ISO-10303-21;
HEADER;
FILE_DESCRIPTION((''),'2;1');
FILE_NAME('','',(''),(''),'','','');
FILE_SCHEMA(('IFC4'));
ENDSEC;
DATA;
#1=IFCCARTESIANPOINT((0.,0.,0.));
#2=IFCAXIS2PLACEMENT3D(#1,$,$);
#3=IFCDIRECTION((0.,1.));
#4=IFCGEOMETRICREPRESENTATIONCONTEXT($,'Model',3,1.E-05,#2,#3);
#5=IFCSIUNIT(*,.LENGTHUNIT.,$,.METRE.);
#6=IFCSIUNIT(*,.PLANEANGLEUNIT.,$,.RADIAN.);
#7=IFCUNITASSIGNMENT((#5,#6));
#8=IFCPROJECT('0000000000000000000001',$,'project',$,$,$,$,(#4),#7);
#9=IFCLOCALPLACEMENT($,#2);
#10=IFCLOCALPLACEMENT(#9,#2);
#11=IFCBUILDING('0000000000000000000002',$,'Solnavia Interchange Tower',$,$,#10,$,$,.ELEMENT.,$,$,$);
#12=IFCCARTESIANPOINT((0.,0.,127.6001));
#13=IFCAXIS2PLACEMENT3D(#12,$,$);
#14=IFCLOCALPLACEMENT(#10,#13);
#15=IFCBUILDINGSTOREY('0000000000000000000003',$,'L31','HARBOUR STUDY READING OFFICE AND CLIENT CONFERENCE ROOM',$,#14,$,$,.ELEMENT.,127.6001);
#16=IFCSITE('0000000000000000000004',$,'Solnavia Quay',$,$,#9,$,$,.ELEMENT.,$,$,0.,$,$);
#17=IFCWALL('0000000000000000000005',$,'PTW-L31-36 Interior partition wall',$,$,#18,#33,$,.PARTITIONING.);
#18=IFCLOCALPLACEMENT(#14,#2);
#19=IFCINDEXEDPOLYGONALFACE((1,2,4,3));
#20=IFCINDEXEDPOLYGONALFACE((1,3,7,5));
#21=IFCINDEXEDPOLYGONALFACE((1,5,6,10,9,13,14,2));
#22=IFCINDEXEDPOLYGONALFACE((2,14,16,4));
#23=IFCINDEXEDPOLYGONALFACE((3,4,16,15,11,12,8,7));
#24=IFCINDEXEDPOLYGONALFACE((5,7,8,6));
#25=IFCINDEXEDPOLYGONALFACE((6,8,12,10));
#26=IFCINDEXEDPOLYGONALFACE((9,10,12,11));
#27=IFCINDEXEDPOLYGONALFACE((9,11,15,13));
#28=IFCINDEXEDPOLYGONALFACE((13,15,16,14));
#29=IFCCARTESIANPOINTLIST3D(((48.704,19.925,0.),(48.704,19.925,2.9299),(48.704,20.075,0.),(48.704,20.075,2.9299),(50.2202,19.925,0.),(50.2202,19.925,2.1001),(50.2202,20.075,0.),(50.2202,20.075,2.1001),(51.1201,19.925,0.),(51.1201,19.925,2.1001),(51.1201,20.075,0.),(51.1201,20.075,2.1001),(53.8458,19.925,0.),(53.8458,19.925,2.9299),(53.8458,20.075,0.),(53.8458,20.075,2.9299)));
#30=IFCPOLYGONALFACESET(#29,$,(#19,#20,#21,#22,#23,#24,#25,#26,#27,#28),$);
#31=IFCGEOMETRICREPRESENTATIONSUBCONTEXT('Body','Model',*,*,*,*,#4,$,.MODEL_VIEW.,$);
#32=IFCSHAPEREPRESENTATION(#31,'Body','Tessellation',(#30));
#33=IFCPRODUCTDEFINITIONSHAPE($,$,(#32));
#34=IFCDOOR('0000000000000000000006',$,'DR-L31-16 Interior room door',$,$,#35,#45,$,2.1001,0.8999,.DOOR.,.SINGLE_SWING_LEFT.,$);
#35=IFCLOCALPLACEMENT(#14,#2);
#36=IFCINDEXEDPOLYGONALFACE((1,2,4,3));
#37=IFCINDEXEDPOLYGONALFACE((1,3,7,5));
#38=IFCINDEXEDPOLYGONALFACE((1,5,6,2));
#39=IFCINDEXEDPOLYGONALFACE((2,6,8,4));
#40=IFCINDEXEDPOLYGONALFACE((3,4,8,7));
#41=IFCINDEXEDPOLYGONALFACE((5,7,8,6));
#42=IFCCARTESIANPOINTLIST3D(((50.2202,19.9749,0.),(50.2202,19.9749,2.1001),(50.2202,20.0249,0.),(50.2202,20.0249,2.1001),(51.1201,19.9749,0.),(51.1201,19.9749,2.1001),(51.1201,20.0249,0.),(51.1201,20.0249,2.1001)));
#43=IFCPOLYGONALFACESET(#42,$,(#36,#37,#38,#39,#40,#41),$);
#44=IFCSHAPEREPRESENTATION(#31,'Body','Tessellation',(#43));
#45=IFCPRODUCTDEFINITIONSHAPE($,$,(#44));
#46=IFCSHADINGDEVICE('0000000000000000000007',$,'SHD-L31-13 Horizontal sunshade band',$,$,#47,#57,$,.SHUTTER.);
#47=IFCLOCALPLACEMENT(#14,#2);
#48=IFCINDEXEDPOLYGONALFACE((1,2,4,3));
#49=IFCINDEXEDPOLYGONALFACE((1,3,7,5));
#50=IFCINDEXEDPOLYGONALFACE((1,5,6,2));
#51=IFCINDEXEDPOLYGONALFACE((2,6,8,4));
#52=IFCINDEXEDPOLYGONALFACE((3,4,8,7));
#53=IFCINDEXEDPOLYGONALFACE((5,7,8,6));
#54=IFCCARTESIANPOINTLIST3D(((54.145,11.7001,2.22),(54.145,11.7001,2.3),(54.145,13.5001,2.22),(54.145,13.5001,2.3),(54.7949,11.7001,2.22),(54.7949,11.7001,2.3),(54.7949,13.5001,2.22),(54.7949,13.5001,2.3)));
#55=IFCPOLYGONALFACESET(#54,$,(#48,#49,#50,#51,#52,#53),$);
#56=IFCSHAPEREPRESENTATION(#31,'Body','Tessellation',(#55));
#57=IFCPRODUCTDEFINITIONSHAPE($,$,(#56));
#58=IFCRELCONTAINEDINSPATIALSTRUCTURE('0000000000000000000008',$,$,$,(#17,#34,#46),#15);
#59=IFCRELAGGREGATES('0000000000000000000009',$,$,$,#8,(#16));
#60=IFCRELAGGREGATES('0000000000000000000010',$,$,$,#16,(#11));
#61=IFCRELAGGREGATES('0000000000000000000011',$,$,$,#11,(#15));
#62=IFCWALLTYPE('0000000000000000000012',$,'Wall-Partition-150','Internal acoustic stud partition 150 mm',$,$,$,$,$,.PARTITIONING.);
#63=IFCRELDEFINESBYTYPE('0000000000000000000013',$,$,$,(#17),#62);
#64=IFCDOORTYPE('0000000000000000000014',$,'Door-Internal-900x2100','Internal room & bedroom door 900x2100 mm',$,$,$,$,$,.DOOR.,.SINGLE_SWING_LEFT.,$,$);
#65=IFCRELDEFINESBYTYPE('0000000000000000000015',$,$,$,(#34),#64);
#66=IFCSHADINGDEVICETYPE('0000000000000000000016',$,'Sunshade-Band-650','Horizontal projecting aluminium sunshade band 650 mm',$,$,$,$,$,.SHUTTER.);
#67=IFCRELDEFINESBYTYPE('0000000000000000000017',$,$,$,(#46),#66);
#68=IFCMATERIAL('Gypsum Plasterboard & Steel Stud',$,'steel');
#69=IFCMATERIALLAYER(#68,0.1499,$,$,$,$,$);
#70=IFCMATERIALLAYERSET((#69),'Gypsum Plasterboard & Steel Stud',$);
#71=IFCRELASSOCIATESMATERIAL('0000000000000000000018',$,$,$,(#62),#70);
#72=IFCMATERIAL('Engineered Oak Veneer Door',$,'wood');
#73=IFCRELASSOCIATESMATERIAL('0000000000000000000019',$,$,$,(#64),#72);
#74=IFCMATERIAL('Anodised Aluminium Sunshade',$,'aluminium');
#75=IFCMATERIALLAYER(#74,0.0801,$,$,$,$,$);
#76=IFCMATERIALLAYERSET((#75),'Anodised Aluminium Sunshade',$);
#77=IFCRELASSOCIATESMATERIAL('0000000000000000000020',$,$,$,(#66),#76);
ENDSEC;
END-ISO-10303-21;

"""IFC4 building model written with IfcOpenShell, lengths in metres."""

from ifc_helpers import new_model, si_unit, direction, frame, frame_2d, origin, origin_2d, place, context, subcontext, project, spatial, rectangle, extrude, material, layer, layer_set, type_object, element, fill, save


model = new_model("IFC4")

# Units and contexts
model_context = context("Model", 3, precision=1e-05, world=origin(), true_north=direction((0.0, 1.0)))
body_context = subcontext(model_context, "Body", "Model", "MODEL_VIEW")
ifc_project = project(units=[si_unit("LENGTHUNIT", "METRE"), si_unit("PLANEANGLEUNIT", "RADIAN")], contexts=[model_context])

# Site, building, storey
site_placement = place(None, origin())
site = spatial("IfcSite", under=ifc_project, at=site_placement, Name="Solnavia Quay", CompositionType="ELEMENT", RefElevation=0.0)
building_placement = place(site_placement, origin())
building = spatial("IfcBuilding", under=site, at=building_placement, Name="Solnavia Interchange Tower", CompositionType="ELEMENT")
storey_placement = place(building_placement, frame((0.0, 0.0, 127.6001)))
storey = spatial("IfcBuildingStorey", under=building, at=storey_placement, Name="L31", Description="HARBOUR STUDY READING OFFICE AND CLIENT CONFERENCE ROOM", CompositionType="ELEMENT", Elevation=127.6001)

# Wall, opening, door
ifc_material_1 = material(Name="Gypsum Plasterboard & Steel Stud", Category="steel")
ifc_layer_1 = layer(ifc_material_1, 0.1499)
ifc_layer_set_1 = layer_set([ifc_layer_1], Name="Gypsum Plasterboard & Steel Stud")
wall_type_1 = type_object("IfcWallType", Name="Wall-Partition-150", Description="Internal acoustic stud partition 150 mm", PredefinedType="PARTITIONING", material=ifc_layer_set_1)
wall_1_placement = place(storey_placement, frame((48.7041, 20.0, 0.0), z_axis=(0.0, 0.0, 1.0), x_axis=(1.0, 0.0, 0.0)))
wall_1 = element("IfcWall", 1, at=wall_1_placement, inside=storey, type_object=wall_type_1, Name="PTW-L31-36 Interior partition wall", PredefinedType="PARTITIONING", context=body_context, shape_type="SweptSolid", body=[
    extrude(rectangle(XDim=5.1418, YDim=0.1499, at=frame_2d((2.5708, 0.0))), origin(), (0.0, 0.0, 1.0), 2.9299),
])
opening_1_placement = place(wall_1_placement, frame((1.5161, 0.0, 0.0)))
opening_1 = element("IfcOpeningElement", 2, at=opening_1_placement, cuts=wall_1, PredefinedType="OPENING", context=body_context, shape_type="SweptSolid", body=[
    extrude(rectangle(XDim=0.8999, YDim=2.1001, at=frame_2d((0.45, 1.05))), frame((0.0, 0.085, 0.0), z_axis=(0.0, -1.0, 0.0), x_axis=(1.0, 0.0, 0.0)), (0.0, 0.0, 1.0), 0.1699),
])
ifc_material_2 = material(Name="Engineered Oak Veneer Door", Category="wood")
door_type = type_object("IfcDoorType", Name="Door-Internal-900x2100", Description="Internal room & bedroom door 900x2100 mm", OperationType="SINGLE_SWING_LEFT", PredefinedType="DOOR", material=ifc_material_2)
door_placement = place(opening_1_placement, origin())
door = element("IfcDoor", 3, at=door_placement, inside=storey, type_object=door_type, Name="DR-L31-16 Interior room door", OperationType="SINGLE_SWING_LEFT", OverallHeight=2.1001, OverallWidth=0.8999, PredefinedType="DOOR", context=body_context, shape_type="SweptSolid", body=[
    extrude(rectangle(XDim=0.8999, YDim=2.1001, at=frame_2d((0.45, 1.05))), frame((0.0, 0.0249, 0.0), z_axis=(0.0, -1.0, 0.0), x_axis=(1.0, 0.0, 0.0)), (0.0, 0.0, 1.0), 0.05),
])
fill(opening_1, door)

# Shading device
ifc_material_3 = material(Name="Anodised Aluminium Sunshade", Category="aluminium")
ifc_layer_2 = layer(ifc_material_3, 0.0801)
ifc_layer_set_2 = layer_set([ifc_layer_2], Name="Anodised Aluminium Sunshade")
shading_device_type = type_object("IfcShadingDeviceType", Name="Sunshade-Band-650", Description="Horizontal projecting aluminium sunshade band 650 mm", PredefinedType="SHUTTER", material=ifc_layer_set_2)
shading_device_placement = place(storey_placement, frame((54.47, 12.6001, 2.22), z_axis=(0.0, 0.0, 1.0), x_axis=(0.0, -1.0, 0.0)))
element("IfcShadingDevice", 4, at=shading_device_placement, inside=storey, type_object=shading_device_type, Name="SHD-L31-13 Horizontal sunshade band", PredefinedType="SHUTTER", context=body_context, shape_type="SweptSolid", body=[
    extrude(rectangle(XDim=1.8, YDim=0.6499, at=origin_2d()), origin(), (0.0, 0.0, 1.0), 0.0801),
])

save(model, "model.ifc")
